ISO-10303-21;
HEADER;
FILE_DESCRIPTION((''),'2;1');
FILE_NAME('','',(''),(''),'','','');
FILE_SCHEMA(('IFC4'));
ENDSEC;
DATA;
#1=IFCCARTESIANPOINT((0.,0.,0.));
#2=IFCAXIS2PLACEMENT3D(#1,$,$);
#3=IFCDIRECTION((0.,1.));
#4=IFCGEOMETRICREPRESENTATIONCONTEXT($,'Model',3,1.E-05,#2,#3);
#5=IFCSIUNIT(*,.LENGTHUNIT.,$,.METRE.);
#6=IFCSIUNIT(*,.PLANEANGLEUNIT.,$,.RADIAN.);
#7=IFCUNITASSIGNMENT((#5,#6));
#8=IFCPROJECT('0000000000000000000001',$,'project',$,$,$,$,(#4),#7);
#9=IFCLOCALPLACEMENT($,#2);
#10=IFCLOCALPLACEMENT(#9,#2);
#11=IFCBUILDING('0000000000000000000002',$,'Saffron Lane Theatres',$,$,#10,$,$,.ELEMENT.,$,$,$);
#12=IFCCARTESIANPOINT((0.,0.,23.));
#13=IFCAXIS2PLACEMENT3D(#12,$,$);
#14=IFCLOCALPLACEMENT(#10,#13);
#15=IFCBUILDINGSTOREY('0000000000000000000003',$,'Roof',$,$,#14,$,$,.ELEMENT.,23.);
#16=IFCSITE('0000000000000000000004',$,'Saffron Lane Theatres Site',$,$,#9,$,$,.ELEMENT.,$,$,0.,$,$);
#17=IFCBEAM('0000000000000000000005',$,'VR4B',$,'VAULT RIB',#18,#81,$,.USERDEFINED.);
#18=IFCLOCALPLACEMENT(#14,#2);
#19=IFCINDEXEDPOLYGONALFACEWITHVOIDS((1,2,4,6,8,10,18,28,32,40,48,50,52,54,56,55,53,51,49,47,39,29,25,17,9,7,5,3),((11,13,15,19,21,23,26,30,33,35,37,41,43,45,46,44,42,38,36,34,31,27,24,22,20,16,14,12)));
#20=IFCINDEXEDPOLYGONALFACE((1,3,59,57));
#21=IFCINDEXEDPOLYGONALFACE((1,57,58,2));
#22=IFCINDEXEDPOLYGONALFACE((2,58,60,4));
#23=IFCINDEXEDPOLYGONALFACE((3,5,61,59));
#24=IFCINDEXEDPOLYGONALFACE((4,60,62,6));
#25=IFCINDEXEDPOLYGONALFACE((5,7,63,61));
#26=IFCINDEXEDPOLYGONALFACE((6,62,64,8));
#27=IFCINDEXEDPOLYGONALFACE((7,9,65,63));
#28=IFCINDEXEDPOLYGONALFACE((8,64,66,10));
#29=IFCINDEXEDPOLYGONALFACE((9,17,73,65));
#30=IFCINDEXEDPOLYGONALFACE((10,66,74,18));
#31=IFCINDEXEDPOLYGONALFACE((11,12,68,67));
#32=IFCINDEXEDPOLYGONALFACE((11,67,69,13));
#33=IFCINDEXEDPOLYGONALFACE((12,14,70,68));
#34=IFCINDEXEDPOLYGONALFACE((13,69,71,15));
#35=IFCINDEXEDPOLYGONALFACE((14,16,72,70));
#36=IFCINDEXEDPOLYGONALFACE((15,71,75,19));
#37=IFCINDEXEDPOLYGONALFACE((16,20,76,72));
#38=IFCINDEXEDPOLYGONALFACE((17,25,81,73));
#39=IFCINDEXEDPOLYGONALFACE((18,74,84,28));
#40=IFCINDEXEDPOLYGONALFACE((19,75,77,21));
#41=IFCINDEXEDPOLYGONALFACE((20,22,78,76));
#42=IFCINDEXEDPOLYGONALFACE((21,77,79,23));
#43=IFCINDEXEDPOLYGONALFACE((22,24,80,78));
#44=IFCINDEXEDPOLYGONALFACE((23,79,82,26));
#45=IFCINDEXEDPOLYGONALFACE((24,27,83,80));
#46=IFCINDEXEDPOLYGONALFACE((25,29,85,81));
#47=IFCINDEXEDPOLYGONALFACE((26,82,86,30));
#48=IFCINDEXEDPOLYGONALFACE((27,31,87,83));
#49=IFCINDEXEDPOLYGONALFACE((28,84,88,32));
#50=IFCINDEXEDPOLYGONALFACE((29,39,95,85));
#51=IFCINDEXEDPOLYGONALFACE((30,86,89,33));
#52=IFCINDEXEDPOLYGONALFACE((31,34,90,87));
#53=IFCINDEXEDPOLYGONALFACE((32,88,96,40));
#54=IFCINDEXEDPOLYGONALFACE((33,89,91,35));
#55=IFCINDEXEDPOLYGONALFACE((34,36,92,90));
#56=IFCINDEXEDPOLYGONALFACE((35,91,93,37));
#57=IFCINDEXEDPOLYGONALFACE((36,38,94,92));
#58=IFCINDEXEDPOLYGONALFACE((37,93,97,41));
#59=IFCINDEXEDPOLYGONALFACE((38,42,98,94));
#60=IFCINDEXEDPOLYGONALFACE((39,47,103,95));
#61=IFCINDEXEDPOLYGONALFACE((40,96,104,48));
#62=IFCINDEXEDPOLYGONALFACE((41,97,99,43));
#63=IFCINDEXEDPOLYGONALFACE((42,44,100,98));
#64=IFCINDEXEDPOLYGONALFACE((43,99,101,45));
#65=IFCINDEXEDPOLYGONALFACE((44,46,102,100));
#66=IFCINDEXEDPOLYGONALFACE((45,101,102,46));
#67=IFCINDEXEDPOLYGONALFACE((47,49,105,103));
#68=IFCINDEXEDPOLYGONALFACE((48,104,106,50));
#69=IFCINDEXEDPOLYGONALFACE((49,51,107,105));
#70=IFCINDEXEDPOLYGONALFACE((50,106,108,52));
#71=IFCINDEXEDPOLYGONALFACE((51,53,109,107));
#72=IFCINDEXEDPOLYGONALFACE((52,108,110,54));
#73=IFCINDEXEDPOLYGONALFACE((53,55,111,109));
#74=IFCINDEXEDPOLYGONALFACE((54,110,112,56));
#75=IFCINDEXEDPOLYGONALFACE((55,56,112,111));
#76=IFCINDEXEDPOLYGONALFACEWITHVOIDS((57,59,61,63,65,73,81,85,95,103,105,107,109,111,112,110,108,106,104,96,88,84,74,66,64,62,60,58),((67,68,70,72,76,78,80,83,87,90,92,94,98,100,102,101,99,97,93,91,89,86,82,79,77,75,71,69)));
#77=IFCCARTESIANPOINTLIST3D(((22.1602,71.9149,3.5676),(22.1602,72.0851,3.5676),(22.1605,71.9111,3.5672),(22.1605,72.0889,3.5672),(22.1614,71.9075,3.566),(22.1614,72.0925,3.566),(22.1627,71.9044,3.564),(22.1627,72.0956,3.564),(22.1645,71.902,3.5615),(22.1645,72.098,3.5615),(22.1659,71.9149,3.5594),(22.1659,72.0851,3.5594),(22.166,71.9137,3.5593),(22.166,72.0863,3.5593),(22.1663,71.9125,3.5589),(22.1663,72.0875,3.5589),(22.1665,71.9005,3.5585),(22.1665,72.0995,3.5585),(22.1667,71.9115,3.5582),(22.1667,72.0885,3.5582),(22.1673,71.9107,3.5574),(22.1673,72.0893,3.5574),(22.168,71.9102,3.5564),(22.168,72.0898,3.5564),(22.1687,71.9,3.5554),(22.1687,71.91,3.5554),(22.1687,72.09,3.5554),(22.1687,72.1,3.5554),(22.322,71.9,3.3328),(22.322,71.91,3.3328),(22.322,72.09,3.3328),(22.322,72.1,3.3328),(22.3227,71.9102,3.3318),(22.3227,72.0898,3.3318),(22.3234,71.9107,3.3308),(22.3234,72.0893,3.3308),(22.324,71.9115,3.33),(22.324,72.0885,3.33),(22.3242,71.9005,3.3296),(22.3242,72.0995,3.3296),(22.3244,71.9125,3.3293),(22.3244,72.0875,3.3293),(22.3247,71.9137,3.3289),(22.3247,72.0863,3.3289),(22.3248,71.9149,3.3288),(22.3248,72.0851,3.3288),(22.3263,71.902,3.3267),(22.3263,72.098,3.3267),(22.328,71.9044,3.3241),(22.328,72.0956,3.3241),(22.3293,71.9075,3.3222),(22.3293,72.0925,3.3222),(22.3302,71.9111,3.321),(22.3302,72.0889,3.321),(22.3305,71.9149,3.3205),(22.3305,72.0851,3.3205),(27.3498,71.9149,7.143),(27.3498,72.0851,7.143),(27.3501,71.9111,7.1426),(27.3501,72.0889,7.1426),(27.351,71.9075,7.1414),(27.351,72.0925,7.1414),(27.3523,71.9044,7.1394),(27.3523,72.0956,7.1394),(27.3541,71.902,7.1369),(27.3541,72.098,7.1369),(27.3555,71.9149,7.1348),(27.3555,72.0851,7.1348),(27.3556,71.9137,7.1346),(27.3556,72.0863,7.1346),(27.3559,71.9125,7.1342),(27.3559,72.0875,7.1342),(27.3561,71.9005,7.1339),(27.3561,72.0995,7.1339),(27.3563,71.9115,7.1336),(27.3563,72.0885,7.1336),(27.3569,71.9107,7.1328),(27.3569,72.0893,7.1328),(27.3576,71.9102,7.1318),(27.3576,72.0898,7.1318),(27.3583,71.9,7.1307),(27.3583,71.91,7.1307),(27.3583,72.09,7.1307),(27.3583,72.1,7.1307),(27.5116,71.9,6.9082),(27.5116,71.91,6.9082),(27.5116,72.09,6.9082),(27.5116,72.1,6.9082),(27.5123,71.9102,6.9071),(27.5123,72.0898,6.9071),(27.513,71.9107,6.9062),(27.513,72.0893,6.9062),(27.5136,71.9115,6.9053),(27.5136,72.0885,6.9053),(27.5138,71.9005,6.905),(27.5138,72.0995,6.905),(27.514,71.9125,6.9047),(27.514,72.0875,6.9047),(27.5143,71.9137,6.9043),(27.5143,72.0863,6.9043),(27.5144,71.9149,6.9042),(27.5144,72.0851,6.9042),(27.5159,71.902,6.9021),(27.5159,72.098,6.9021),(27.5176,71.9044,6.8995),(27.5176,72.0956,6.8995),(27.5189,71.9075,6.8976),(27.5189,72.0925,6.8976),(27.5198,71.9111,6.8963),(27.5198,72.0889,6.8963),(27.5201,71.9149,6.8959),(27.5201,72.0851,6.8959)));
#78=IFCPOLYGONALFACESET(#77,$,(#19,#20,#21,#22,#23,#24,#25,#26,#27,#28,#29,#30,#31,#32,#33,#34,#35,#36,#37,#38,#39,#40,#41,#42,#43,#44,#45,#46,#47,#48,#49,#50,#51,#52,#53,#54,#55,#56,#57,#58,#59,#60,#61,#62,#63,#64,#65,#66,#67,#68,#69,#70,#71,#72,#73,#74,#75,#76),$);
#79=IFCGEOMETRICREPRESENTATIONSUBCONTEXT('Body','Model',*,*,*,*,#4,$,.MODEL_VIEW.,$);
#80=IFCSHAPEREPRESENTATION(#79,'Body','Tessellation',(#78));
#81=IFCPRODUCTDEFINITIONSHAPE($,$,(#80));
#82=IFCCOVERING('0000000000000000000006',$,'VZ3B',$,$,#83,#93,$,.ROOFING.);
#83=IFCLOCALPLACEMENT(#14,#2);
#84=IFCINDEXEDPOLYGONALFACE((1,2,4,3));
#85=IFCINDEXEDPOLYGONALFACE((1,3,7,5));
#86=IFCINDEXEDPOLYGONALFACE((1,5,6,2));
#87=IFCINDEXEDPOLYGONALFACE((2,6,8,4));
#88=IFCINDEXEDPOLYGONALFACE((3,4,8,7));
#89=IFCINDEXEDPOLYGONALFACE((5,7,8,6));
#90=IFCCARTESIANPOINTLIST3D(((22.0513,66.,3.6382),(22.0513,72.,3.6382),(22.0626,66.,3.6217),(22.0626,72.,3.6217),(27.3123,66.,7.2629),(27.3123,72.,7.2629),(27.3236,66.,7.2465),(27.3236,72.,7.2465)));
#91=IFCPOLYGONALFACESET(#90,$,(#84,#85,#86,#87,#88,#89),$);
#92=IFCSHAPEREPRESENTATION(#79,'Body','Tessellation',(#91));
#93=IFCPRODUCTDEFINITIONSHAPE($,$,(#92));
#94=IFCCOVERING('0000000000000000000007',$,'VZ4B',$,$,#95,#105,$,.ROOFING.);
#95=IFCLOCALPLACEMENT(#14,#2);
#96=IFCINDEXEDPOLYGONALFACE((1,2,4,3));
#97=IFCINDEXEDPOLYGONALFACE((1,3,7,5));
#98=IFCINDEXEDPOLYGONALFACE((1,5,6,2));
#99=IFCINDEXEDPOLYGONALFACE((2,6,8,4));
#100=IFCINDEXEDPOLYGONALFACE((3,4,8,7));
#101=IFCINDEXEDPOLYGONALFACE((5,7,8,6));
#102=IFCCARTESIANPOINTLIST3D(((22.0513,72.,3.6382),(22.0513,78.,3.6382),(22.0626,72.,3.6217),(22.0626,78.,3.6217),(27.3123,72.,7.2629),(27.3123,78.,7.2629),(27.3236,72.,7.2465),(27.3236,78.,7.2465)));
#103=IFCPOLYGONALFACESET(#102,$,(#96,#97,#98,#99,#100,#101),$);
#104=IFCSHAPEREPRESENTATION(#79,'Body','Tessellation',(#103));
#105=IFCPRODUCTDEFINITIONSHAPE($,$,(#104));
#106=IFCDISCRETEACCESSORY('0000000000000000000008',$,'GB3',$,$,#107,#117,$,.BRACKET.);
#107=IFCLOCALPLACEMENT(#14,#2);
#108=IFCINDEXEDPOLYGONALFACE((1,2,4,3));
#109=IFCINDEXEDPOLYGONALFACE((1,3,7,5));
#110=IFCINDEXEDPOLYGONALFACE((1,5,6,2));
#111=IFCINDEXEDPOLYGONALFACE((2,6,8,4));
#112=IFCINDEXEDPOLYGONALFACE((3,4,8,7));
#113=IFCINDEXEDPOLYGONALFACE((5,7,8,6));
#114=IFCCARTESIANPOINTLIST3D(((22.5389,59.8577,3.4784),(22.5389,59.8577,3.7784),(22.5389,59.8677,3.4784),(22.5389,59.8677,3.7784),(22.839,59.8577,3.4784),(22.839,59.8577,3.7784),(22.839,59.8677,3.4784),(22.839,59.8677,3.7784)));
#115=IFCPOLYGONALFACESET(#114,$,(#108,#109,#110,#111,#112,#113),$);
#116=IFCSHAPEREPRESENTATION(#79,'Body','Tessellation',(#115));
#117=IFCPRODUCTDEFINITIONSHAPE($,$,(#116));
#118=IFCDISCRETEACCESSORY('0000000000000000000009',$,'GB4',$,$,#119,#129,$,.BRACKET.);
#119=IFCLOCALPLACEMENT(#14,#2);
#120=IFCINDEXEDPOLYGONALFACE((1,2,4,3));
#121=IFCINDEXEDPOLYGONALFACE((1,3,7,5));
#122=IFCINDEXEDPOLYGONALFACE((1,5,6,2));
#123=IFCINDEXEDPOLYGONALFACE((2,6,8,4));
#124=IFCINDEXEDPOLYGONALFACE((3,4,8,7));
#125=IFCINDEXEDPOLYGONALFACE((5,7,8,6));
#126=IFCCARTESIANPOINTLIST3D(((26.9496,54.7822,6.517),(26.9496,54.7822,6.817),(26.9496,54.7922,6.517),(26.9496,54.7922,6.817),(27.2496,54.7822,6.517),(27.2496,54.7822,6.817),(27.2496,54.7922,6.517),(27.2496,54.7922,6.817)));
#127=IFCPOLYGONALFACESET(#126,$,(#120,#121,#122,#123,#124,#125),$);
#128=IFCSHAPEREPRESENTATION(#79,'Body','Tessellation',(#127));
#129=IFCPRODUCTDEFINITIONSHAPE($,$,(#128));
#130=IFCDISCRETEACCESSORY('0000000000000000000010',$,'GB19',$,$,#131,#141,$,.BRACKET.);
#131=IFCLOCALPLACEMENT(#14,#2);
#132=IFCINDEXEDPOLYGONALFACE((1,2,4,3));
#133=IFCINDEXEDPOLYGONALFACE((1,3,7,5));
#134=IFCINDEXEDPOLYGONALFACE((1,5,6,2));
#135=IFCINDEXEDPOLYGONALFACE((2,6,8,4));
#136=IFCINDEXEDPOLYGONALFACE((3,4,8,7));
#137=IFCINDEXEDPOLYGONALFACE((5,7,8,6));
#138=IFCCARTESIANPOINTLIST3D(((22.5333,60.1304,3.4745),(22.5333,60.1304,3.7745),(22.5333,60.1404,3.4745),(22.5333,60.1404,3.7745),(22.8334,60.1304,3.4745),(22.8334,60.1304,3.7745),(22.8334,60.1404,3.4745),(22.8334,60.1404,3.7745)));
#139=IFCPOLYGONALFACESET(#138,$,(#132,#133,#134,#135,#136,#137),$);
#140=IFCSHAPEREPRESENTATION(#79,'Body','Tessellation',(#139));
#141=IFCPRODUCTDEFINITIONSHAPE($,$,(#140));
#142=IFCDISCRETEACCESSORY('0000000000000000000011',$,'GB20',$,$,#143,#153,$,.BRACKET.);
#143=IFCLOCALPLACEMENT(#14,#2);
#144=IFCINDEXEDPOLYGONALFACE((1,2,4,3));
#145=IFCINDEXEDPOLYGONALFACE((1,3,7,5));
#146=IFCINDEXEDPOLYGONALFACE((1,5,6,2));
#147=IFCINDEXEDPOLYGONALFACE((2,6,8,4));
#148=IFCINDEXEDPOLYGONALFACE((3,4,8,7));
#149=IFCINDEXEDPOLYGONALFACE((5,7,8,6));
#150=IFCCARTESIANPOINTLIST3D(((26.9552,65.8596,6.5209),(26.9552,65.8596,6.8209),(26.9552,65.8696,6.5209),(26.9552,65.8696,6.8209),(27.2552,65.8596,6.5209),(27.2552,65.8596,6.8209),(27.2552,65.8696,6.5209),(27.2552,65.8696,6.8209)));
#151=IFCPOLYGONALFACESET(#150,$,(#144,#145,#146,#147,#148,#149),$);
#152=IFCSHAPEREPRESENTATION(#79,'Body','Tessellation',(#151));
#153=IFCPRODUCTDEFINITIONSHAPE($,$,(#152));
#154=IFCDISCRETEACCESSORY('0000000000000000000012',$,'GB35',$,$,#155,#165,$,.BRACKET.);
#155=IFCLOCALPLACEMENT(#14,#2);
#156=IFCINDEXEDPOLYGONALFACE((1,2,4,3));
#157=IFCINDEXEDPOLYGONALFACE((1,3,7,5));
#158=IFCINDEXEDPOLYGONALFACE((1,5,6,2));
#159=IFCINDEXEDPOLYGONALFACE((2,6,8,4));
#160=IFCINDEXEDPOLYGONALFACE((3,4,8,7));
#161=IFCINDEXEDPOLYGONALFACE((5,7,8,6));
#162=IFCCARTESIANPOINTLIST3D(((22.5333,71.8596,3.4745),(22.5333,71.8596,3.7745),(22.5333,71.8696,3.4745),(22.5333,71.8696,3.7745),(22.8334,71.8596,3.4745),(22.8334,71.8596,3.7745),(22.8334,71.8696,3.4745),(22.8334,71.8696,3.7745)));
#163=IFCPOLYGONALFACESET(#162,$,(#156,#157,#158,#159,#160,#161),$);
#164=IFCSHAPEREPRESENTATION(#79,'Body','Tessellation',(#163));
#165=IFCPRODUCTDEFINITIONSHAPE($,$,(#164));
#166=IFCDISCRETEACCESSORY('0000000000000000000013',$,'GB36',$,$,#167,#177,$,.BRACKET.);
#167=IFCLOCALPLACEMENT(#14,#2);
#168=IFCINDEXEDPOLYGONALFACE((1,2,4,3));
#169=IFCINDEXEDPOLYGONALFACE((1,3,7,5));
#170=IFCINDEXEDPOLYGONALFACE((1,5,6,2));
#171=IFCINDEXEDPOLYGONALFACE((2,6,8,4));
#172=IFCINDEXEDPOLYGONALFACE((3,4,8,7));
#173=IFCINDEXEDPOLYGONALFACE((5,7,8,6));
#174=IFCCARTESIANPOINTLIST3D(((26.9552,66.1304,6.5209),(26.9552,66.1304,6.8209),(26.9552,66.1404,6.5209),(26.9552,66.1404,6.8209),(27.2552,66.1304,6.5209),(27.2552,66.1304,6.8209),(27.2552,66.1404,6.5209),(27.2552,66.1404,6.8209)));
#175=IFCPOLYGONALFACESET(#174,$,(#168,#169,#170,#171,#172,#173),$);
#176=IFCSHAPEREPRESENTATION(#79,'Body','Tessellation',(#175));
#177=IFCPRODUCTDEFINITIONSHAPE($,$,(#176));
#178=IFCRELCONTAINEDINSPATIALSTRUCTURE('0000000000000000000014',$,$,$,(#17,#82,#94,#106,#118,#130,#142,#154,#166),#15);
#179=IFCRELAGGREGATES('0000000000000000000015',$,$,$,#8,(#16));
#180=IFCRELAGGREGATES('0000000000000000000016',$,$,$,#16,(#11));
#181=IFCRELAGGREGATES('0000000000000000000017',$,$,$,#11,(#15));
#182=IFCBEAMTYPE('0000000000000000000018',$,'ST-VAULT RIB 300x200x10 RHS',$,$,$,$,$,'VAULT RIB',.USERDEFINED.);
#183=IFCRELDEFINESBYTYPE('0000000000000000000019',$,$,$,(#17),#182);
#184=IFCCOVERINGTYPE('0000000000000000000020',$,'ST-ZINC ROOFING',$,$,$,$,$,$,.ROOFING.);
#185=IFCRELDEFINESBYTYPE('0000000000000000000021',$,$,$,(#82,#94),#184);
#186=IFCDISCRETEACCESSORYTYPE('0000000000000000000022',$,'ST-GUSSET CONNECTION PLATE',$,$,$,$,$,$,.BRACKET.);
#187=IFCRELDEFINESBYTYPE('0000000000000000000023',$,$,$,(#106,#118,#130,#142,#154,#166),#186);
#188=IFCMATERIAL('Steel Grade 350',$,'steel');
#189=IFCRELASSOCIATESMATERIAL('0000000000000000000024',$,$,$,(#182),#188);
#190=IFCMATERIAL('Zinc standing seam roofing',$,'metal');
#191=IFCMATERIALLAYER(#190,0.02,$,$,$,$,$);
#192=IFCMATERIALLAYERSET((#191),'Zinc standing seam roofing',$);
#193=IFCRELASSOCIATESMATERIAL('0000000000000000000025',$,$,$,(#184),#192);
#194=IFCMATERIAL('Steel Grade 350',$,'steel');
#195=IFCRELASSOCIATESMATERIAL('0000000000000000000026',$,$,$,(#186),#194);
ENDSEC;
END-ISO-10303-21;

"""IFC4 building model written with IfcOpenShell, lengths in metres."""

from ifc_helpers import new_model, si_unit, direction, frame, origin, origin_2d, place, context, subcontext, project, spatial, polyline, rectangle, hollow_rectangle, outline, extrude, material, layer, layer_set, material_profile, profile_set, type_object, element, save


model = new_model("IFC4")

# Units and contexts
model_context = context("Model", 3, precision=1e-05, world=origin(), true_north=direction((0.0, 1.0)))
body_context = subcontext(model_context, "Body", "Model", "MODEL_VIEW")
ifc_project = project(units=[si_unit("LENGTHUNIT", "METRE"), si_unit("PLANEANGLEUNIT", "RADIAN")], contexts=[model_context])

# Site, building, storey
site_placement = place(None, origin())
site = spatial("IfcSite", under=ifc_project, at=site_placement, Name="Saffron Lane Theatres Site", CompositionType="ELEMENT", RefElevation=0.0)
building_placement = place(site_placement, origin())
building = spatial("IfcBuilding", under=site, at=building_placement, Name="Saffron Lane Theatres", CompositionType="ELEMENT")
storey_placement = place(building_placement, frame((0.0, 0.0, 23.0)))
storey = spatial("IfcBuildingStorey", under=building, at=storey_placement, Name="Roof", CompositionType="ELEMENT", Elevation=23.0)

# Beam
ifc_material_1 = material(Name="Steel Grade 350", Category="steel")
ifc_material_profile_1 = material_profile(ifc_material_1, hollow_rectangle(XDim=0.2, YDim=0.3, WallThickness=0.01, InnerFilletRadius=0.0049, OuterFilletRadius=0.0149, at=origin_2d()))
ifc_profile_set_1 = profile_set([ifc_material_profile_1], Name="Steel Grade 350")
beam_type = type_object("IfcBeamType", Name="ST-VAULT RIB 300x200x10 RHS", ElementType="VAULT RIB", PredefinedType="USERDEFINED", material=ifc_profile_set_1)
for number, where, z_axis, x_axis, name in (
    (1, (22.2454, 72.0, 3.4441), (0.823484, 0.0, 0.567339), (0.0, 1.0, 0.0), "VR4B"),
):
    element("IfcBeam", number, at=place(storey_placement, frame(where, z_axis=z_axis, x_axis=x_axis)), inside=storey, type_object=beam_type, Name=name, ObjectType="VAULT RIB", PredefinedType="USERDEFINED", context=body_context, shape_type="SweptSolid", body=[
        extrude(hollow_rectangle(XDim=0.2, YDim=0.3, WallThickness=0.01, InnerFilletRadius=0.0049, OuterFilletRadius=0.0149, at=origin_2d()), origin(), (0.0, 0.0, 1.0), 6.302),
    ])

# Coverings
ifc_material_2 = material(Name="Zinc standing seam roofing", Category="metal")
ifc_layer_1 = layer(ifc_material_2, 0.02)
ifc_layer_set_1 = layer_set([ifc_layer_1], Name="Zinc standing seam roofing")
covering_type_1 = type_object("IfcCoveringType", Name="ST-ZINC ROOFING", PredefinedType="ROOFING", material=ifc_layer_set_1)
for number, where, z_axis, x_axis, name in (
    (2, (22.0513, 66.0, 3.6382), (-0.567361, 0.0, 0.82347), (0.82347, 0.0, 0.567361), "VZ3B"),
    (3, (22.0513, 72.0, 3.6382), (-0.567361, 0.0, 0.82347), (0.82347, 0.0, 0.567361), "VZ4B"),
):
    element("IfcCovering", number, at=place(storey_placement, frame(where, z_axis=z_axis, x_axis=x_axis)), inside=storey, type_object=covering_type_1, Name=name, PredefinedType="ROOFING", context=body_context, shape_type="SweptSolid", body=[
        extrude(outline(polyline([(0.0, 0.0), (6.3888, 0.0), (6.3888, 6.0), (0.0, 6.0), (0.0, 0.0)])), origin(), (0.0, 0.0, -1.0), 0.02),
    ])

# Discrete accessories
ifc_material_3 = material(Name="Steel Grade 350", Category="steel")
ifc_material_profile_2 = material_profile(ifc_material_3, rectangle(XDim=0.3, YDim=0.3, at=origin_2d()))
ifc_profile_set_2 = profile_set([ifc_material_profile_2], Name="Steel Grade 350")
discrete_accessory_type = type_object("IfcDiscreteAccessoryType", Name="ST-GUSSET CONNECTION PLATE", PredefinedType="BRACKET", material=ifc_profile_set_2)
for number, where, z_axis, x_axis, name in (
    (4, (22.689, 59.8677, 3.6284), (0.0, -1.0, 0.0), (1.0, 0.0, 0.0), "GB3"),
    (5, (27.0996, 54.7822, 6.667), (0.0, 1.0, 0.0), (-1.0, 0.0, 0.0), "GB4"),
    (6, (22.6833, 60.1304, 3.6245), (0.0, 1.0, 0.0), (-1.0, 0.0, 0.0), "GB19"),
    (7, (27.1052, 65.8696, 6.6709), (0.0, -1.0, 0.0), (1.0, 0.0, 0.0), "GB20"),
    (8, (22.6833, 71.8696, 3.6245), (0.0, -1.0, 0.0), (1.0, 0.0, 0.0), "GB35"),
    (9, (27.1052, 66.1304, 6.6709), (0.0, 1.0, 0.0), (-1.0, 0.0, 0.0), "GB36"),
):
    element("IfcDiscreteAccessory", number, at=place(storey_placement, frame(where, z_axis=z_axis, x_axis=x_axis)), inside=storey, type_object=discrete_accessory_type, Name=name, PredefinedType="BRACKET", context=body_context, shape_type="SweptSolid", body=[
        extrude(rectangle(XDim=0.3, YDim=0.3, at=origin_2d()), origin(), (0.0, 0.0, 1.0), 0.01),
    ])

save(model, "model.ifc")
